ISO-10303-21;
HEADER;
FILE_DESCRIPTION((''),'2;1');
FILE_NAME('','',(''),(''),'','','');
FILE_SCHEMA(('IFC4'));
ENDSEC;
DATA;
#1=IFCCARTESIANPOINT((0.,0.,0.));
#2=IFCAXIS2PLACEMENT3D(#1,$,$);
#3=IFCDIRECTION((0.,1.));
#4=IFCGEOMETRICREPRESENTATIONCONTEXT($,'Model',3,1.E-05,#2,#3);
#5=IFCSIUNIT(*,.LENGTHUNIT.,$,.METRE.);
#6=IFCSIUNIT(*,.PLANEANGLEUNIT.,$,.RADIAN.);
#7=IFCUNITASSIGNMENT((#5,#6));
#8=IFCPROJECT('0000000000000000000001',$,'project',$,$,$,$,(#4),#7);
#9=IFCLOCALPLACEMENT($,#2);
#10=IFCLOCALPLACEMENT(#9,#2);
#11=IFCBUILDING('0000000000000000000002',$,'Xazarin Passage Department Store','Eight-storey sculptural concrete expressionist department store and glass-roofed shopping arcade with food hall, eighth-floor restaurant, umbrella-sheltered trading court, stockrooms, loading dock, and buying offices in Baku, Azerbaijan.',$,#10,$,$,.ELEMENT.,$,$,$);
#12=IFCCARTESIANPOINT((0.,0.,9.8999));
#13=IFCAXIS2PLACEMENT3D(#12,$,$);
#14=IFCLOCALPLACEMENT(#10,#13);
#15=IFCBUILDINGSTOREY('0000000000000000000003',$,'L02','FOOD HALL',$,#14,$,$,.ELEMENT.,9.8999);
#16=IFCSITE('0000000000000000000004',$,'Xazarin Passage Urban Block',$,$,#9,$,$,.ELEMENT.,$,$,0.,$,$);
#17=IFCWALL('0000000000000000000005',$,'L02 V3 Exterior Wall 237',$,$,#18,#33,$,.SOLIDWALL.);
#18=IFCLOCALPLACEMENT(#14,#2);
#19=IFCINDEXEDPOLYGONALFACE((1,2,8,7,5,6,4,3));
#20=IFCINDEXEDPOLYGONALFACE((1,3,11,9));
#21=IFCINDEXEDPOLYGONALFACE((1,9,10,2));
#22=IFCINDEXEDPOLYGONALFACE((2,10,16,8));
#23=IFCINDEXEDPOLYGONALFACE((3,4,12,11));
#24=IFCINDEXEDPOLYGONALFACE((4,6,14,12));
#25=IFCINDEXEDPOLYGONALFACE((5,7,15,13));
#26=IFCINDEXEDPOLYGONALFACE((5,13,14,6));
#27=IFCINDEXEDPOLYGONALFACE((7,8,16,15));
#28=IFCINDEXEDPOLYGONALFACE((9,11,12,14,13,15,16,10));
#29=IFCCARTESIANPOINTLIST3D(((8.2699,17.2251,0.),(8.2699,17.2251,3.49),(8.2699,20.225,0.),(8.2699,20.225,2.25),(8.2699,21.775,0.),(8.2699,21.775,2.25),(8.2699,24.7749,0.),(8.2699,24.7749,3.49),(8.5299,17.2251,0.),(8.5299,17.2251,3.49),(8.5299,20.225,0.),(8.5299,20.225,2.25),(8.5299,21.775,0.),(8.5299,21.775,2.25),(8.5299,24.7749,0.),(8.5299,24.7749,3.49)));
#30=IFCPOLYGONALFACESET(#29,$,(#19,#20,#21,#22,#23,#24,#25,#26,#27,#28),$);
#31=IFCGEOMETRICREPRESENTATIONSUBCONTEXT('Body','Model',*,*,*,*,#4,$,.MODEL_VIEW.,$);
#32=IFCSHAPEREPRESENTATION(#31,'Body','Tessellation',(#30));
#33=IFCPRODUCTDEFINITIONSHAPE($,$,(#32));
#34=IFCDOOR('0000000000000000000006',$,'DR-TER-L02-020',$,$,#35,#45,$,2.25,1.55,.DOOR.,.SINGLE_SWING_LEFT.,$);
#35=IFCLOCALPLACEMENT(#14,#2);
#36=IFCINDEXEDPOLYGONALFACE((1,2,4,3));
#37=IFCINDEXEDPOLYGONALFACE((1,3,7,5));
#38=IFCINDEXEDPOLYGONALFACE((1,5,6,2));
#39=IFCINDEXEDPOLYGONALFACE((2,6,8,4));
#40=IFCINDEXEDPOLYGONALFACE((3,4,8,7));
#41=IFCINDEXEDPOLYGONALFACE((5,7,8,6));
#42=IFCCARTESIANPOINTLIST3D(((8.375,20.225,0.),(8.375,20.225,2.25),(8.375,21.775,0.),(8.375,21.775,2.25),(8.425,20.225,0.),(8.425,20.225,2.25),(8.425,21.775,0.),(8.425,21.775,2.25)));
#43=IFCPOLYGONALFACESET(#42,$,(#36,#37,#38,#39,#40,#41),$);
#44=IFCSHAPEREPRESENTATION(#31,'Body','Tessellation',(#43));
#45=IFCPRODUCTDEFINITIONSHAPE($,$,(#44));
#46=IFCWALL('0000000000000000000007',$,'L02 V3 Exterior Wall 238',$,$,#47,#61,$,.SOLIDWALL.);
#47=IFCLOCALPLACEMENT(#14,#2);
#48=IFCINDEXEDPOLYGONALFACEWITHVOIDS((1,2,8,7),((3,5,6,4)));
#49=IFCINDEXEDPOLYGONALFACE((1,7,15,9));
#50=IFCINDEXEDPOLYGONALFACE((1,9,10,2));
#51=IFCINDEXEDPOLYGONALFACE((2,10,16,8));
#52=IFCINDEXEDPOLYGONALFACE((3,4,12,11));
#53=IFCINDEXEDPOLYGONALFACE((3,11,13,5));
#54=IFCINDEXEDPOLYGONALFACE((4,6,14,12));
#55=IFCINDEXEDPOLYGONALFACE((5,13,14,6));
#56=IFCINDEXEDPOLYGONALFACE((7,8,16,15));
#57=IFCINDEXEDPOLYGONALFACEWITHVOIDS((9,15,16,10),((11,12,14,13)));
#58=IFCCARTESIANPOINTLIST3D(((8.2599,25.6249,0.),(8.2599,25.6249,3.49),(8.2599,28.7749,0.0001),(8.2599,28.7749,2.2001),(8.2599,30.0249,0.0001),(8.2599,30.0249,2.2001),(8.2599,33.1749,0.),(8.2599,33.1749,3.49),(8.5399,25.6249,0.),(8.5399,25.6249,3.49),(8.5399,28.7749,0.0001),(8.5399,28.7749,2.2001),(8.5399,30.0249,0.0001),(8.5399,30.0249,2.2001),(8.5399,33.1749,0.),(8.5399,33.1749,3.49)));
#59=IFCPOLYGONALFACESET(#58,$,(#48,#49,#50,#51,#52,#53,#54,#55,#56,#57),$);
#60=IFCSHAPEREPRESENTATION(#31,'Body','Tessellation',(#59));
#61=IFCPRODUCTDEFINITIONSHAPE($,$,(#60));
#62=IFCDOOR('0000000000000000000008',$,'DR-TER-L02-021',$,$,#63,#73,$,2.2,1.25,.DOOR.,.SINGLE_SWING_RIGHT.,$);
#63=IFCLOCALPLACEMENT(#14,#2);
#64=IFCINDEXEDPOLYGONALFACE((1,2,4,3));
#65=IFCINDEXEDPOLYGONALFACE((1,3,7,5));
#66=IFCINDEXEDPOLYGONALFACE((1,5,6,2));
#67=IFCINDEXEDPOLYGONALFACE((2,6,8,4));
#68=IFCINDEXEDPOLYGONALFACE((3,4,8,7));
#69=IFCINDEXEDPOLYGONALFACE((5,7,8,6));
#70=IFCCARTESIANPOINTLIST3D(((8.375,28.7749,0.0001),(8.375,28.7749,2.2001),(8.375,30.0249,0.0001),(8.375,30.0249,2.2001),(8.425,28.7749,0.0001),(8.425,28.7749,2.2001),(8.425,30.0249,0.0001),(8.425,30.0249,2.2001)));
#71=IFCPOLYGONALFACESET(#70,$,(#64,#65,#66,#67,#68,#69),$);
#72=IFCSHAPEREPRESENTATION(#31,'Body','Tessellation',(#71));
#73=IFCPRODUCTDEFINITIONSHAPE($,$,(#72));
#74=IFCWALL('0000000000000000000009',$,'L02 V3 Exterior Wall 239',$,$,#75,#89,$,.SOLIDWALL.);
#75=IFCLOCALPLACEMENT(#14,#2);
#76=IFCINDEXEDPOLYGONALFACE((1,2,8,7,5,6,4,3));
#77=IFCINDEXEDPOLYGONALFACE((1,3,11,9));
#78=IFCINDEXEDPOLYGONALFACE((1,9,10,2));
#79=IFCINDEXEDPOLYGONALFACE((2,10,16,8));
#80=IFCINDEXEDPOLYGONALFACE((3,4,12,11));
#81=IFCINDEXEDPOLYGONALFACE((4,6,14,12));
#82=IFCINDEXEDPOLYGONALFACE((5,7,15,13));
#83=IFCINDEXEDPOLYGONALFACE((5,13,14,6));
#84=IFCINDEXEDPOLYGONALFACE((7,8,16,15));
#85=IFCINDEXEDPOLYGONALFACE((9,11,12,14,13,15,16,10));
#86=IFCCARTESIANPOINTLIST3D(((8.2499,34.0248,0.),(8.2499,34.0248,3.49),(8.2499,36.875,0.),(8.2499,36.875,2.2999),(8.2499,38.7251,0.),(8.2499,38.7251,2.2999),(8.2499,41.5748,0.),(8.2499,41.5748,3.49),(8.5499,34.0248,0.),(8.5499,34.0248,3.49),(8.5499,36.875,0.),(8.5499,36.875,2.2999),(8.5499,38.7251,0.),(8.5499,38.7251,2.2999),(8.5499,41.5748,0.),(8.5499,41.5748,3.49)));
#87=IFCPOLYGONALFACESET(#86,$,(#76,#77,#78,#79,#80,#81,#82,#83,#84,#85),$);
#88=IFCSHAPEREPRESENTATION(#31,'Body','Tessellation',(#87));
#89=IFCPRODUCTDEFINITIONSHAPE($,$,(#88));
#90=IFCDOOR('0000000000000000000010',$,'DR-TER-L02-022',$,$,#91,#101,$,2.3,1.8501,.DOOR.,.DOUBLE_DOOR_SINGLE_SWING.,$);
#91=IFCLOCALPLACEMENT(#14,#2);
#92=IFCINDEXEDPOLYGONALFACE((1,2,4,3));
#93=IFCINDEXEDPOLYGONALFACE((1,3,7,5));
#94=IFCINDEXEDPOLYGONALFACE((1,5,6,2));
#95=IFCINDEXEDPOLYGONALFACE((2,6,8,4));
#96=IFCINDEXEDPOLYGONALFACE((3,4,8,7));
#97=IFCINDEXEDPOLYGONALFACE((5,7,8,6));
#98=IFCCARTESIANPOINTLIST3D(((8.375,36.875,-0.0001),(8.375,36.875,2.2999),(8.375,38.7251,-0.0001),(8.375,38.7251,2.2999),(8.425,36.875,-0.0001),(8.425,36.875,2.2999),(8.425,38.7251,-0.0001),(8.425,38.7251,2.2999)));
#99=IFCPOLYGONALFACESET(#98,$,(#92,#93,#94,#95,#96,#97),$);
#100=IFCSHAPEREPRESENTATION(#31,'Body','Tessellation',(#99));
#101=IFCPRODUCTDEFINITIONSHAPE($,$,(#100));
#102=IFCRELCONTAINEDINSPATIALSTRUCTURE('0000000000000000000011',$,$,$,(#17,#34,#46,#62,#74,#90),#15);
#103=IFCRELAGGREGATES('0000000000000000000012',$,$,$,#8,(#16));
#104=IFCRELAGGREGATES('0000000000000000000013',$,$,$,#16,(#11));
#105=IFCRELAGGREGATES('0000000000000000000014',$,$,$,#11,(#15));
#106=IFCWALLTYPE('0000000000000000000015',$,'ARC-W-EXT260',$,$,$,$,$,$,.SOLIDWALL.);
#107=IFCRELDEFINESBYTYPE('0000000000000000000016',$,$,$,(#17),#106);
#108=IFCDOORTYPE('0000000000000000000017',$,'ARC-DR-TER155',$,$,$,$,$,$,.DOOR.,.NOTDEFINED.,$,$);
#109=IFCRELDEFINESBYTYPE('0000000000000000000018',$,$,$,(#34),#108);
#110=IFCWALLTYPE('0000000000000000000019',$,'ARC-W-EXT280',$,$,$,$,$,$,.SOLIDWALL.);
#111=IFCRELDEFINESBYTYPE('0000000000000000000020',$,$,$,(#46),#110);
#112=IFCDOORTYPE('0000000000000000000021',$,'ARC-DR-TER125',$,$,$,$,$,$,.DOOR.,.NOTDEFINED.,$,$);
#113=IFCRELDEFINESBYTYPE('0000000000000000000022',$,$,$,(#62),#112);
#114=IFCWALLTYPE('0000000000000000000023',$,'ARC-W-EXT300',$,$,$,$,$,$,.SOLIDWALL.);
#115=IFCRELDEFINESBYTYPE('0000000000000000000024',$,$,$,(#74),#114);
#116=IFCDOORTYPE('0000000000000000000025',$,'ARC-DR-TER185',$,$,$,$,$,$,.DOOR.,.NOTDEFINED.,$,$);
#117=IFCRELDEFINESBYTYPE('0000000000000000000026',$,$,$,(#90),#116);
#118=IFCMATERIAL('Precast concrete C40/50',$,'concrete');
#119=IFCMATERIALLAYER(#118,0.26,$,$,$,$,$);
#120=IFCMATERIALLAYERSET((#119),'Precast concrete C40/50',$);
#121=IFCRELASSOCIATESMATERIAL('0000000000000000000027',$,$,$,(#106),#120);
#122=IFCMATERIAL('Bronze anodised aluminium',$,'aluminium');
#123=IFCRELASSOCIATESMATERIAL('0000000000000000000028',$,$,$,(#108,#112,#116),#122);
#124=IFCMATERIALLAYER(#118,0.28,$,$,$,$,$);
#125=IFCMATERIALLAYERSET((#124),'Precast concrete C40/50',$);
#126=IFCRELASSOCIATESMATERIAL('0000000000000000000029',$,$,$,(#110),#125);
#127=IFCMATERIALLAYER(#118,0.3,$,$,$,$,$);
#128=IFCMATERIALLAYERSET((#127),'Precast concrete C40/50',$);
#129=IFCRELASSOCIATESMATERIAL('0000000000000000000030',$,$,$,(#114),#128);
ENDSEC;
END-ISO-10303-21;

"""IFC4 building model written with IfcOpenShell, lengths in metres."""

from ifc_helpers import new_model, si_unit, direction, frame, frame_2d, origin, place, context, subcontext, project, spatial, rectangle, extrude, material, layer, layer_set, type_object, element, fill, save


model = new_model("IFC4")

# Units and contexts
model_context = context("Model", 3, precision=1e-05, world=origin(), true_north=direction((0.0, 1.0)))
body_context = subcontext(model_context, "Body", "Model", "MODEL_VIEW")
ifc_project = project(units=[si_unit("LENGTHUNIT", "METRE"), si_unit("PLANEANGLEUNIT", "RADIAN")], contexts=[model_context])

# Site, building, storey
site_placement = place(None, origin())
site = spatial("IfcSite", under=ifc_project, at=site_placement, Name="Xazarin Passage Urban Block", CompositionType="ELEMENT", RefElevation=0.0)
building_placement = place(site_placement, origin())
building = spatial("IfcBuilding", under=site, at=building_placement, Name="Xazarin Passage Department Store", Description="Eight-storey sculptural concrete expressionist department store and glass-roofed shopping arcade with food hall, eighth-floor restaurant, umbrella-sheltered trading court, stockrooms, loading dock, and buying offices in Baku, Azerbaijan.", CompositionType="ELEMENT")
storey_placement = place(building_placement, frame((0.0, 0.0, 9.8999)))
storey = spatial("IfcBuildingStorey", under=building, at=storey_placement, Name="L02", Description="FOOD HALL", CompositionType="ELEMENT", Elevation=9.8999)

# Walls, openings, doors
ifc_material_1 = material(Name="Precast concrete C40/50", Category="concrete")
ifc_layer_1 = layer(ifc_material_1, 0.26)
ifc_layer_set_1 = layer_set([ifc_layer_1], Name="Precast concrete C40/50")
wall_type_1 = type_object("IfcWallType", Name="ARC-W-EXT260", PredefinedType="SOLIDWALL", material=ifc_layer_set_1)
wall_1_placement = place(storey_placement, frame((8.3999, 17.2251, 0.0), z_axis=(0.0, 0.0, 1.0), x_axis=(0.0, 1.0, 0.0)))
wall_1 = element("IfcWall", 1, at=wall_1_placement, inside=storey, type_object=wall_type_1, Name="L02 V3 Exterior Wall 237", PredefinedType="SOLIDWALL", context=body_context, shape_type="SweptSolid", body=[
    extrude(rectangle(XDim=7.5498, YDim=0.26, at=frame_2d((3.7749, 0.0))), origin(), (0.0, 0.0, 1.0), 3.49),
])
opening_1_placement = place(wall_1_placement, frame((3.0, 0.0, 0.0)))
opening_1 = element("IfcOpeningElement", 2, at=opening_1_placement, cuts=wall_1, PredefinedType="OPENING", context=body_context, shape_type="SweptSolid", body=[
    extrude(rectangle(XDim=1.55, YDim=2.25, at=frame_2d((0.7749, 1.125))), frame((0.0, 0.1399, 0.0), z_axis=(0.0, -1.0, 0.0), x_axis=(1.0, 0.0, 0.0)), (0.0, 0.0, 1.0), 0.28),
])
ifc_material_2 = material(Name="Bronze anodised aluminium", Category="aluminium")
door_type_1 = type_object("IfcDoorType", Name="ARC-DR-TER155", OperationType="NOTDEFINED", PredefinedType="DOOR", material=ifc_material_2)
door_1_placement = place(opening_1_placement, origin())
door_1 = element("IfcDoor", 3, at=door_1_placement, inside=storey, type_object=door_type_1, Name="DR-TER-L02-020", OperationType="SINGLE_SWING_LEFT", OverallHeight=2.25, OverallWidth=1.55, PredefinedType="DOOR", context=body_context, shape_type="SweptSolid", body=[
    extrude(rectangle(XDim=1.55, YDim=2.25, at=frame_2d((0.7749, 1.125))), frame((0.0, 0.0249, 0.0), z_axis=(0.0, -1.0, 0.0), x_axis=(1.0, 0.0, 0.0)), (0.0, 0.0, 1.0), 0.05),
])
fill(opening_1, door_1)
ifc_layer_2 = layer(ifc_material_1, 0.28)
ifc_layer_set_2 = layer_set([ifc_layer_2], Name="Precast concrete C40/50")
wall_type_2 = type_object("IfcWallType", Name="ARC-W-EXT280", PredefinedType="SOLIDWALL", material=ifc_layer_set_2)
wall_2_placement = place(storey_placement, frame((8.3999, 25.625, 0.0), z_axis=(0.0, 0.0, 1.0), x_axis=(0.0, 1.0, 0.0)))
wall_2 = element("IfcWall", 4, at=wall_2_placement, inside=storey, type_object=wall_type_2, Name="L02 V3 Exterior Wall 238", PredefinedType="SOLIDWALL", context=body_context, shape_type="SweptSolid", body=[
    extrude(rectangle(XDim=7.55, YDim=0.28, at=frame_2d((3.7749, 0.0))), origin(), (0.0, 0.0, 1.0), 3.49),
])
opening_2_placement = place(wall_2_placement, frame((3.1499, 0.0, 0.0)))
opening_2 = element("IfcOpeningElement", 5, at=opening_2_placement, cuts=wall_2, PredefinedType="OPENING", context=body_context, shape_type="SweptSolid", body=[
    extrude(rectangle(XDim=1.25, YDim=2.2, at=frame_2d((0.625, 1.1001))), frame((0.0, 0.1499, 0.0), z_axis=(0.0, -1.0, 0.0), x_axis=(1.0, 0.0, 0.0)), (0.0, 0.0, 1.0), 0.3),
])
door_type_2 = type_object("IfcDoorType", Name="ARC-DR-TER125", OperationType="NOTDEFINED", PredefinedType="DOOR", material=ifc_material_2)
door_2_placement = place(opening_2_placement, origin())
door_2 = element("IfcDoor", 6, at=door_2_placement, inside=storey, type_object=door_type_2, Name="DR-TER-L02-021", OperationType="SINGLE_SWING_RIGHT", OverallHeight=2.2, OverallWidth=1.25, PredefinedType="DOOR", context=body_context, shape_type="SweptSolid", body=[
    extrude(rectangle(XDim=1.25, YDim=2.2, at=frame_2d((0.625, 1.1001))), frame((0.0, 0.0249, 0.0), z_axis=(0.0, -1.0, 0.0), x_axis=(1.0, 0.0, 0.0)), (0.0, 0.0, 1.0), 0.05),
])
fill(opening_2, door_2)
ifc_layer_3 = layer(ifc_material_1, 0.3)
ifc_layer_set_3 = layer_set([ifc_layer_3], Name="Precast concrete C40/50")
wall_type_3 = type_object("IfcWallType", Name="ARC-W-EXT300", PredefinedType="SOLIDWALL", material=ifc_layer_set_3)
wall_3_placement = place(storey_placement, frame((8.3999, 34.0249, 0.0), z_axis=(0.0, 0.0, 1.0), x_axis=(0.0, 1.0, 0.0)))
wall_3 = element("IfcWall", 7, at=wall_3_placement, inside=storey, type_object=wall_type_3, Name="L02 V3 Exterior Wall 239", PredefinedType="SOLIDWALL", context=body_context, shape_type="SweptSolid", body=[
    extrude(rectangle(XDim=7.55, YDim=0.3, at=frame_2d((3.7749, 0.0))), origin(), (0.0, 0.0, 1.0), 3.49),
])
opening_3_placement = place(wall_3_placement, frame((2.8501, 0.0, 0.0)))
opening_3 = element("IfcOpeningElement", 8, at=opening_3_placement, cuts=wall_3, PredefinedType="OPENING", context=body_context, shape_type="SweptSolid", body=[
    extrude(rectangle(XDim=1.8501, YDim=2.3, at=frame_2d((0.925, 1.1499))), frame((0.0, 0.1599, 0.0), z_axis=(0.0, -1.0, 0.0), x_axis=(1.0, 0.0, 0.0)), (0.0, 0.0, 1.0), 0.3201),
])
door_type_3 = type_object("IfcDoorType", Name="ARC-DR-TER185", OperationType="NOTDEFINED", PredefinedType="DOOR", material=ifc_material_2)
door_3_placement = place(opening_3_placement, origin())
door_3 = element("IfcDoor", 9, at=door_3_placement, inside=storey, type_object=door_type_3, Name="DR-TER-L02-022", OperationType="DOUBLE_DOOR_SINGLE_SWING", OverallHeight=2.3, OverallWidth=1.8501, PredefinedType="DOOR", context=body_context, shape_type="SweptSolid", body=[
    extrude(rectangle(XDim=1.8501, YDim=2.3, at=frame_2d((0.925, 1.1499))), frame((0.0, 0.0249, 0.0), z_axis=(0.0, -1.0, 0.0), x_axis=(1.0, 0.0, 0.0)), (0.0, 0.0, 1.0), 0.05),
])
fill(opening_3, door_3)

save(model, "model.ifc")
